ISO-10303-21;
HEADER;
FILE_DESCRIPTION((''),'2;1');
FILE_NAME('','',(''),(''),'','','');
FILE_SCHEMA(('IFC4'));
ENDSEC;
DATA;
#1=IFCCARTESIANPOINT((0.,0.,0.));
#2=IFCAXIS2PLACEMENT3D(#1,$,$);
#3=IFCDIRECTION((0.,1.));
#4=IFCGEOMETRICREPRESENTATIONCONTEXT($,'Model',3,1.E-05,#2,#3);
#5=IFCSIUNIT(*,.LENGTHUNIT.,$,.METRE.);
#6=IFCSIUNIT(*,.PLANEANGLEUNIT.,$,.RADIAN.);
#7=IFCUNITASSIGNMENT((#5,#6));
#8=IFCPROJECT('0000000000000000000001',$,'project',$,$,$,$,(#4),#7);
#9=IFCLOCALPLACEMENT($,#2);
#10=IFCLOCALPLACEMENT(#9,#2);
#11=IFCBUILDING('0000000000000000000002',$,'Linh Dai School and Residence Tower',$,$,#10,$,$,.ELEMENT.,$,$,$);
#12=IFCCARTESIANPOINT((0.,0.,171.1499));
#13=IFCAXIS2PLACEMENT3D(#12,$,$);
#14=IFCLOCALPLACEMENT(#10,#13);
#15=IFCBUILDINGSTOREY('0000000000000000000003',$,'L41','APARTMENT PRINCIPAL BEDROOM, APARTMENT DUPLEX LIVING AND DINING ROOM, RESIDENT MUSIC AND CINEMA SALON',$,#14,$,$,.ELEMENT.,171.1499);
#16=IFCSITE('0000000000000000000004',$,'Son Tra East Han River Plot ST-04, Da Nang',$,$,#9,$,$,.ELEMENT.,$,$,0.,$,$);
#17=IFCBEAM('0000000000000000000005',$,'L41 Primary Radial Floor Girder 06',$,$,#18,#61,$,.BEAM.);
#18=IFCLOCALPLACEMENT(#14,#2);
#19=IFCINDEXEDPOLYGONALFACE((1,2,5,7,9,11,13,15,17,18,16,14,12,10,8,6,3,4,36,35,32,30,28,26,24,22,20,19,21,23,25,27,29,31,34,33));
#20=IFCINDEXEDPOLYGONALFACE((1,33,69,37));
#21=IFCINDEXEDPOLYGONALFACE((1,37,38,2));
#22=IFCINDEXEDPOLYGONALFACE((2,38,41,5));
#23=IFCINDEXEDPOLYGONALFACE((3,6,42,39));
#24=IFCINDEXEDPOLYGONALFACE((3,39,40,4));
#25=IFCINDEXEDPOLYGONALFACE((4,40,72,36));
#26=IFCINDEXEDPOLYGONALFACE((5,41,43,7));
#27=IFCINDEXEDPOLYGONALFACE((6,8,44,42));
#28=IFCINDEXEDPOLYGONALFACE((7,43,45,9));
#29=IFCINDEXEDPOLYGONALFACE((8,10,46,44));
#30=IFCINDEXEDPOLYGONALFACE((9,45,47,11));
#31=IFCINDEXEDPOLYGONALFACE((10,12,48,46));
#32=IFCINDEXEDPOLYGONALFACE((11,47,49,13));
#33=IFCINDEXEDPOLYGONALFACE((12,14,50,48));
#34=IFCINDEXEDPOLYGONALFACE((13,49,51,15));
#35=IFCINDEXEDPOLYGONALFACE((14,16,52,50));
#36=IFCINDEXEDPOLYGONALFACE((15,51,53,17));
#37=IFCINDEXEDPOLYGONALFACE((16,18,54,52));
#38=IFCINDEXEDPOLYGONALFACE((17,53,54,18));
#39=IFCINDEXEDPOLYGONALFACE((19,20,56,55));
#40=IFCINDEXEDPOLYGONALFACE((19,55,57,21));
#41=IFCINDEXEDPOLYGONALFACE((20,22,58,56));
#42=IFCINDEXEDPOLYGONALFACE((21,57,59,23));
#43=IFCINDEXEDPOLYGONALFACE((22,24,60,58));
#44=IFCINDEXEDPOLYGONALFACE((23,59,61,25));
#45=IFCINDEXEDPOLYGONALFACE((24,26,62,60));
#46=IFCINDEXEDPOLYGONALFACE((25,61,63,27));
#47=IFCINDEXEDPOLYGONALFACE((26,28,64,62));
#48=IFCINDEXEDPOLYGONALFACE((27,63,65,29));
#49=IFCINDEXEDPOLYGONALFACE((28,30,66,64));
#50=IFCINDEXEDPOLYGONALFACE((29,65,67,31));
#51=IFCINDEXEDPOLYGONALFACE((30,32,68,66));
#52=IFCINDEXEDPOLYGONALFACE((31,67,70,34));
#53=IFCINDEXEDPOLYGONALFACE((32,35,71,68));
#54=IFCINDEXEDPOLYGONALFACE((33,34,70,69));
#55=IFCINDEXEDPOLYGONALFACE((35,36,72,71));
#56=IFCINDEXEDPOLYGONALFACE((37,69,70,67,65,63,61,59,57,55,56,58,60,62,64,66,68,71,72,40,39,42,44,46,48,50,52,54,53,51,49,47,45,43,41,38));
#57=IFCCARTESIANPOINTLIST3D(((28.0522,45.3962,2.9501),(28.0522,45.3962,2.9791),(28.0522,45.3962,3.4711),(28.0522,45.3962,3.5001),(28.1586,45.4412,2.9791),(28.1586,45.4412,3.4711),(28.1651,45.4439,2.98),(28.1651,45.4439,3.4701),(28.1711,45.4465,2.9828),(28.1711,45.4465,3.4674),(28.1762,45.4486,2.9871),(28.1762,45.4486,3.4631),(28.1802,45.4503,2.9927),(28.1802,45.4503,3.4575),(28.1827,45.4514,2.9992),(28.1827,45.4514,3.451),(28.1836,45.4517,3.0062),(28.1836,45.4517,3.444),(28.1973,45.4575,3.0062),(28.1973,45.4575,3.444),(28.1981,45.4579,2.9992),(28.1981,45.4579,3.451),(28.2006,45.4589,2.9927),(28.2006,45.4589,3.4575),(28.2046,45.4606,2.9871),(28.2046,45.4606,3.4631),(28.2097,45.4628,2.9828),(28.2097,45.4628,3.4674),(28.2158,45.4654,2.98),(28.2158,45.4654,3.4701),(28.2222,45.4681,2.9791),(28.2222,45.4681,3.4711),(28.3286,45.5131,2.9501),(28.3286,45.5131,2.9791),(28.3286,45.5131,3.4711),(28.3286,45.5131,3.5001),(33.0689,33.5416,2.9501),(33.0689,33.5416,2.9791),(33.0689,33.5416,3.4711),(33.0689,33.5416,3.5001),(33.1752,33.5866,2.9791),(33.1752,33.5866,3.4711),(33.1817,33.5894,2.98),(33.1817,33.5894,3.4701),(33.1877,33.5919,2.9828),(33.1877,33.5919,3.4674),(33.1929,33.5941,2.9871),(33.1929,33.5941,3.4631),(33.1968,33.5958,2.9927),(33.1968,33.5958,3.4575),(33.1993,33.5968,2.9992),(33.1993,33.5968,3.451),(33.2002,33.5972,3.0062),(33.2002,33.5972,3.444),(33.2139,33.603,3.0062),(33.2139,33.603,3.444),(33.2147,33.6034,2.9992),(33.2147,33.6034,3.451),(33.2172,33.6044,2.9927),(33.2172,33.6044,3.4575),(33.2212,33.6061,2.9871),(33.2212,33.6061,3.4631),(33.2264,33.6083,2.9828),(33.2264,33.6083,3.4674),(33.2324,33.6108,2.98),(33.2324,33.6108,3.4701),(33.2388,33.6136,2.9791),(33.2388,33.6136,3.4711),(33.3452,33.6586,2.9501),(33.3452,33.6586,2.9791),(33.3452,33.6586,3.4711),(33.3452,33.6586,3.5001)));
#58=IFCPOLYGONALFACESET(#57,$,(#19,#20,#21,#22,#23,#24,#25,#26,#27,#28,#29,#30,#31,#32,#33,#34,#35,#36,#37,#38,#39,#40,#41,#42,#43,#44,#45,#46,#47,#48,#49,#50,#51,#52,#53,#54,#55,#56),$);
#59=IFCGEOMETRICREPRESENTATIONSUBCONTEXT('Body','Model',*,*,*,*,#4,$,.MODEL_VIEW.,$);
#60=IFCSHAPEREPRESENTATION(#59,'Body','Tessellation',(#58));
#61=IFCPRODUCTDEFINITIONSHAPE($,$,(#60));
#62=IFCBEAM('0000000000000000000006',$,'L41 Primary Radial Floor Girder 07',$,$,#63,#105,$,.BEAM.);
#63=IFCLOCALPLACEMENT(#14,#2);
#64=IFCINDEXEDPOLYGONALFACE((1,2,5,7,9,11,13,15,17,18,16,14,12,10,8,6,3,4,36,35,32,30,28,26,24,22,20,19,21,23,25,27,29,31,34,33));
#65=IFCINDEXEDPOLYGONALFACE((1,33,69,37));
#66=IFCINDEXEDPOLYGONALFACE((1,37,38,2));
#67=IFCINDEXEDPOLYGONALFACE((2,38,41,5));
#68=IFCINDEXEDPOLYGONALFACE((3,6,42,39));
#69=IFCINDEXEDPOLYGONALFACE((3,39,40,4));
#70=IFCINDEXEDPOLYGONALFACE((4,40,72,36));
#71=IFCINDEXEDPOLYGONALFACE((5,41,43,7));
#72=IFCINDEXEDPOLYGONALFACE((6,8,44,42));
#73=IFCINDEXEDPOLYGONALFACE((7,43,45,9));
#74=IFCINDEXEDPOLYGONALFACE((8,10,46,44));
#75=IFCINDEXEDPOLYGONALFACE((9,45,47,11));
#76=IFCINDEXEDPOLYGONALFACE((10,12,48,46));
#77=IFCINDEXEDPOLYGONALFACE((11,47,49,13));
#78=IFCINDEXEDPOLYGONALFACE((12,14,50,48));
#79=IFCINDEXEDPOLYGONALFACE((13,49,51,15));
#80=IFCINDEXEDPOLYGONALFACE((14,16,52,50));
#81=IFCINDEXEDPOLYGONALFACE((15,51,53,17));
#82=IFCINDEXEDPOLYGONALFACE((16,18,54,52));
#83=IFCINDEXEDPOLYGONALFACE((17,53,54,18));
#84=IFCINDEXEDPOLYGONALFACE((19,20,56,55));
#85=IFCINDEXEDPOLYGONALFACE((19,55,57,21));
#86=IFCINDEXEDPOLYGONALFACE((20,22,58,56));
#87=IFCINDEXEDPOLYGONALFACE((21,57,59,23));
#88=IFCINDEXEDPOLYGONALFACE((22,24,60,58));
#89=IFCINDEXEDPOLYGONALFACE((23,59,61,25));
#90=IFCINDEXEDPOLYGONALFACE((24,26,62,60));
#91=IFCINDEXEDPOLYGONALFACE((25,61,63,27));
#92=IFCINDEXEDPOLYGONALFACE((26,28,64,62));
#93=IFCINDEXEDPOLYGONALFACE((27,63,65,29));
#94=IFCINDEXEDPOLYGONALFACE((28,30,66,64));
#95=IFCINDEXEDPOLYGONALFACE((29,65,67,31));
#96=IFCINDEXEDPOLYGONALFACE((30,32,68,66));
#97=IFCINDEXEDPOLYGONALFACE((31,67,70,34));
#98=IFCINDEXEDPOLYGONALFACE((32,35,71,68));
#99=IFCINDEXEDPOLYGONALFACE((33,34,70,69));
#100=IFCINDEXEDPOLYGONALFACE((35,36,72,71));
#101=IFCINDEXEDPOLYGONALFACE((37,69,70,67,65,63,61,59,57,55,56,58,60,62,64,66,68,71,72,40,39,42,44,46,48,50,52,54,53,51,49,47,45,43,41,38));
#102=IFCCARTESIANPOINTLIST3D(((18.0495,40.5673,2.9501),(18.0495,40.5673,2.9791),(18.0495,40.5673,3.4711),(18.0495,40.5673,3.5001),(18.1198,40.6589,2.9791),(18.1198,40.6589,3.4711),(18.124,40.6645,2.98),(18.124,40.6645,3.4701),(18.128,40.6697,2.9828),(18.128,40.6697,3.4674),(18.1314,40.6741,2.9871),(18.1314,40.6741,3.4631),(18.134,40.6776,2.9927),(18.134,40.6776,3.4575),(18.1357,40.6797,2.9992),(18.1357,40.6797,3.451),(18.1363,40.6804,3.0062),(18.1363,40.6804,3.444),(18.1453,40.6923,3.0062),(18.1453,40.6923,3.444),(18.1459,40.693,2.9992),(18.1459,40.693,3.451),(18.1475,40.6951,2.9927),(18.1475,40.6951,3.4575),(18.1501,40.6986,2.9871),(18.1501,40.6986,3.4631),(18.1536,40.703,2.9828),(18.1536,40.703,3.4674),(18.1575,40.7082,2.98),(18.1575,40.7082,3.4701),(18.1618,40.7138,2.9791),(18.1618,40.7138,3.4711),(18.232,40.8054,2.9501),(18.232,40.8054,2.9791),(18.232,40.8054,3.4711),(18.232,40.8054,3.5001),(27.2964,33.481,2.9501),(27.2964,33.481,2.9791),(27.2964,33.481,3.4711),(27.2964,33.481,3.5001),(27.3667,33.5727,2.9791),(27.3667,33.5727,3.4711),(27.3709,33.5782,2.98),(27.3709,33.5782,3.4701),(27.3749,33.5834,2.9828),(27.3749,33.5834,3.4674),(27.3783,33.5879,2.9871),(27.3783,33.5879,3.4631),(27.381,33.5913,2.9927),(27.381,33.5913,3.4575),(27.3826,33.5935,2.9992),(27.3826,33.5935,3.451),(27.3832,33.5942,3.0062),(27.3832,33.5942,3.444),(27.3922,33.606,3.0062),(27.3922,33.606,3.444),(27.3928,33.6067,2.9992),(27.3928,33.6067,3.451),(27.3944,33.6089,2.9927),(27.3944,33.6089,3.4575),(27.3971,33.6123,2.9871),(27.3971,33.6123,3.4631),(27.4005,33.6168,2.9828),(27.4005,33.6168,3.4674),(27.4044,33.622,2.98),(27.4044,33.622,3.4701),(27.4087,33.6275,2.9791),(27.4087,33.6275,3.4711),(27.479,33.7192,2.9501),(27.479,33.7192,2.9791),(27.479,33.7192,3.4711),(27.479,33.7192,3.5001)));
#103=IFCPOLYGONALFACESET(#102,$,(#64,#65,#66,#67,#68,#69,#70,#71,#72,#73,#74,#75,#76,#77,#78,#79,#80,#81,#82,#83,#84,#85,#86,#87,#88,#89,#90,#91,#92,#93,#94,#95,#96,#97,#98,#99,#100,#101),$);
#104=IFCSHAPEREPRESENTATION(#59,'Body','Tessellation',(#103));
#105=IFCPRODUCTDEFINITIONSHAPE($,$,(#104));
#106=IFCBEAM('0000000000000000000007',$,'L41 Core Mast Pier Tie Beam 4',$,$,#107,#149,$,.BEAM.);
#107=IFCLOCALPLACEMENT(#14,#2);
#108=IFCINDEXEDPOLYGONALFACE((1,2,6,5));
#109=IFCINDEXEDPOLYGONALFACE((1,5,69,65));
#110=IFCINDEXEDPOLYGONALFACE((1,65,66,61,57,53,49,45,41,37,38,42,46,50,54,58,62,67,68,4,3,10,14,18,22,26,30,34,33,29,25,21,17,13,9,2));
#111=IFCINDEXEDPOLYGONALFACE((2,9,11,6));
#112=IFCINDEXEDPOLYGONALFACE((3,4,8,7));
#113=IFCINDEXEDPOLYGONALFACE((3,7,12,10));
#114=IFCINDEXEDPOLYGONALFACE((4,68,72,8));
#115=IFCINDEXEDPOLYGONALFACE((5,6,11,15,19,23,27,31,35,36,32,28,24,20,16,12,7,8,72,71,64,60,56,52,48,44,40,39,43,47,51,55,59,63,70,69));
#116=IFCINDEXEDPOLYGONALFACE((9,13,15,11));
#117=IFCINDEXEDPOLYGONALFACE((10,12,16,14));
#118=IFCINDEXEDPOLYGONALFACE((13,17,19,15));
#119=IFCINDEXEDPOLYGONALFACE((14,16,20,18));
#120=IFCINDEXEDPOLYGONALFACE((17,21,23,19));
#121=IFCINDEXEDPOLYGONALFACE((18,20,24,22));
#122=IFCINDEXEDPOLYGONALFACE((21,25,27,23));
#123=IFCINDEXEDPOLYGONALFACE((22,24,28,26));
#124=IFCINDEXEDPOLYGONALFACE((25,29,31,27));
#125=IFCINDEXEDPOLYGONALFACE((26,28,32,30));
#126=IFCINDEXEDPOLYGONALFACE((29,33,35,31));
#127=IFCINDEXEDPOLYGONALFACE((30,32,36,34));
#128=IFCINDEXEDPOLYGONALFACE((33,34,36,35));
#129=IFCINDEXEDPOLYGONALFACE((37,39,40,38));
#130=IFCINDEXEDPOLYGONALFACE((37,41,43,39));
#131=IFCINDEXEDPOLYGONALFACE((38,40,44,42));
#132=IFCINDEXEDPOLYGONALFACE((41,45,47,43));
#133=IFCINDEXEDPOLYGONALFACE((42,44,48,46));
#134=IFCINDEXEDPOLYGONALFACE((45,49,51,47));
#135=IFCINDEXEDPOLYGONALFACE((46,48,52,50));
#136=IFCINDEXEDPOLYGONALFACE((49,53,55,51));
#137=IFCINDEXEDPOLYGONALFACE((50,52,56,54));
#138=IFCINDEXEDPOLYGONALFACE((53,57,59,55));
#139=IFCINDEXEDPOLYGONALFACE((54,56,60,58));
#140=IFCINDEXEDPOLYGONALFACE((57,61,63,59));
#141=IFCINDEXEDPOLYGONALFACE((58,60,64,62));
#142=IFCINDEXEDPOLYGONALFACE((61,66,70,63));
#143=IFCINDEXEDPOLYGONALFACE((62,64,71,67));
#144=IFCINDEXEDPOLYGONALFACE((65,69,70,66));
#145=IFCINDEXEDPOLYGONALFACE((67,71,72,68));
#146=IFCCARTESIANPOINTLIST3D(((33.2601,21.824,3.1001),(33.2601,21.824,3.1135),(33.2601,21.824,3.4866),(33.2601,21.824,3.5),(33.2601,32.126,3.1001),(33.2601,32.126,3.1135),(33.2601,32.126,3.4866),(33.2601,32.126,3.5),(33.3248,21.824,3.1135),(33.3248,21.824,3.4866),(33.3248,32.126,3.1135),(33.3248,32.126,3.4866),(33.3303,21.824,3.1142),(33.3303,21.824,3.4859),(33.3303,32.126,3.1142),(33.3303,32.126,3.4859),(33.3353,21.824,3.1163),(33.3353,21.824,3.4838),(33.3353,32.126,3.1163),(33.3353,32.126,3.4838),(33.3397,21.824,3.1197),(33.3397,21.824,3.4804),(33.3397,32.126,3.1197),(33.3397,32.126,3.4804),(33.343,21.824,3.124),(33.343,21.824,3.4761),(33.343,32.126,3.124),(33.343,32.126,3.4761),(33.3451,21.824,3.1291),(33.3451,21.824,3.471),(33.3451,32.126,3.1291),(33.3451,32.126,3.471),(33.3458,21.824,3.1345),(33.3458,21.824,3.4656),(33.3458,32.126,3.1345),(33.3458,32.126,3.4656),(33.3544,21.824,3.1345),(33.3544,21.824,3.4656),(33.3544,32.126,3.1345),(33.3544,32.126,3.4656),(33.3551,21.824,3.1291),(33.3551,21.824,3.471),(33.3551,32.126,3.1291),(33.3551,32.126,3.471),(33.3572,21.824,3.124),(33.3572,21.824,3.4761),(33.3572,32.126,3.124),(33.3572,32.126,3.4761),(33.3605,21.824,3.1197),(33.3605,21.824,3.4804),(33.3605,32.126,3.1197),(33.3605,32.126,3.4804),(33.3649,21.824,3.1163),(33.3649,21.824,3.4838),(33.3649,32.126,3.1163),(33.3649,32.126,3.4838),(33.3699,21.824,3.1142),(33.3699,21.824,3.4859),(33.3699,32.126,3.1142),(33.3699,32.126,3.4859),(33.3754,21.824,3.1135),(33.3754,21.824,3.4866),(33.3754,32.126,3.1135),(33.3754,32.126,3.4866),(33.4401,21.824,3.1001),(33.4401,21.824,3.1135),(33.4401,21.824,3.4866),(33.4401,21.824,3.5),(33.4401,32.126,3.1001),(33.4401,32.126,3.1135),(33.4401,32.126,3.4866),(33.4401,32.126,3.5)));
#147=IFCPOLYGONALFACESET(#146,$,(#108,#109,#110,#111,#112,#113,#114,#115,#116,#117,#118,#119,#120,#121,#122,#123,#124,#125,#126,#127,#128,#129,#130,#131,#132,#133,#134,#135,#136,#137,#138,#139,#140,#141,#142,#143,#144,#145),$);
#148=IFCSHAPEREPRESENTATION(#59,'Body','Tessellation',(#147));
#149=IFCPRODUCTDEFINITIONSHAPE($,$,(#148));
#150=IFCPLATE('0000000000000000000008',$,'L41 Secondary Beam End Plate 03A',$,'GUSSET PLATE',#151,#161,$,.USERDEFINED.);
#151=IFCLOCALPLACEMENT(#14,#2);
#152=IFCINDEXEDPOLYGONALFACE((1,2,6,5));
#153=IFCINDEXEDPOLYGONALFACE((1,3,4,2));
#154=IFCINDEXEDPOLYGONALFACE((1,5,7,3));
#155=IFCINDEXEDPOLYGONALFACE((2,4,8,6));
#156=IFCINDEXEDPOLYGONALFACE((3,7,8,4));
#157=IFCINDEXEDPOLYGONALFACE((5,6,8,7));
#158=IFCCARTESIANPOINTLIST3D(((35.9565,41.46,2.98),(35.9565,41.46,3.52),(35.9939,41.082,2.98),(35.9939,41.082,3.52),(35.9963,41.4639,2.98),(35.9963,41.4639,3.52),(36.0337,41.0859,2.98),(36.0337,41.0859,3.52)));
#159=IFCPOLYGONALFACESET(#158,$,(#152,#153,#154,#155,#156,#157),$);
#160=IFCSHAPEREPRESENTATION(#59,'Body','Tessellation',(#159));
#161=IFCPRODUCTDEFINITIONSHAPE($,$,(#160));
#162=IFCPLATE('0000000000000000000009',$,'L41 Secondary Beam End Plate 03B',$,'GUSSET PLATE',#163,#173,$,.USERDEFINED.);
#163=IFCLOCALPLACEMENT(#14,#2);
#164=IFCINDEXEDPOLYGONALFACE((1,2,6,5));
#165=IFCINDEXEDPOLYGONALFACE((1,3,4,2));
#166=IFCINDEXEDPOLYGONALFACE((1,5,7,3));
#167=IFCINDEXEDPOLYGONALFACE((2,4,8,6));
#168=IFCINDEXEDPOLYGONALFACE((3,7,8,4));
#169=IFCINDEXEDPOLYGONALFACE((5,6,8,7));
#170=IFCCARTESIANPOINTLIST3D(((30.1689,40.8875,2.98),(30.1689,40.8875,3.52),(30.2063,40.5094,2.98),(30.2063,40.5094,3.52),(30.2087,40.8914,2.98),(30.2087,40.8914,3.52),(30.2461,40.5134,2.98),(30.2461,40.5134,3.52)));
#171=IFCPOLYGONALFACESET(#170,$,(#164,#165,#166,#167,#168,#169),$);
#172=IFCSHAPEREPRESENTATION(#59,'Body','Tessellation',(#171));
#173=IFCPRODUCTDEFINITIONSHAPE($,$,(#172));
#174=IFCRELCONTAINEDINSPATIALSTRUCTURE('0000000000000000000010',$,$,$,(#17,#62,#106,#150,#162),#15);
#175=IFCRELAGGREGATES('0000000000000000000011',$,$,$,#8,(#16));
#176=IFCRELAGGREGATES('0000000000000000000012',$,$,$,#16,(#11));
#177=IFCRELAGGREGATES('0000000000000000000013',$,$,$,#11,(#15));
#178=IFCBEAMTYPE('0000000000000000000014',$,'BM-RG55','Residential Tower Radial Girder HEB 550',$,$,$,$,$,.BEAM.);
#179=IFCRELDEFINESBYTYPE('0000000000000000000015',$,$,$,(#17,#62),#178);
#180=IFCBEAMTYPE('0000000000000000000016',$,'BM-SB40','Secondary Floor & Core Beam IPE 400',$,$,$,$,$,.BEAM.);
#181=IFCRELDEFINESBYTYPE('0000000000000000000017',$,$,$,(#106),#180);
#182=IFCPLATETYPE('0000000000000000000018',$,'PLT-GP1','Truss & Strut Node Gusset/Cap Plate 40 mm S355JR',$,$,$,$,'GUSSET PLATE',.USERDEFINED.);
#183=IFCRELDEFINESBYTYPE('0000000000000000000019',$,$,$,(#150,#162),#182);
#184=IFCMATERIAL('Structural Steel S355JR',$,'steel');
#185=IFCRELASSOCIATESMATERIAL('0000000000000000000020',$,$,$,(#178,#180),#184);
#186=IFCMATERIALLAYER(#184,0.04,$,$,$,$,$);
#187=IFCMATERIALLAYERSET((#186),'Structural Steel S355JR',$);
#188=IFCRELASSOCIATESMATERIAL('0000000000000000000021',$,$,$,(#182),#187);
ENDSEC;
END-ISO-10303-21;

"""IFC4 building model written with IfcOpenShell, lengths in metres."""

from ifc_helpers import new_model, si_unit, direction, frame, origin, origin_2d, place, context, subcontext, project, spatial, rectangle, i_section, extrude, source, transform, mapped, material, layer, layer_set, material_profile, profile_set, type_object, element, save


model = new_model("IFC4")

# Units and contexts
model_context = context("Model", 3, precision=1e-05, world=origin(), true_north=direction((0.0, 1.0)))
body_context = subcontext(model_context, "Body", "Model", "MODEL_VIEW")
ifc_project = project(units=[si_unit("LENGTHUNIT", "METRE"), si_unit("PLANEANGLEUNIT", "RADIAN")], contexts=[model_context])

# Site, building, storey
site_placement = place(None, origin())
site = spatial("IfcSite", under=ifc_project, at=site_placement, Name="Son Tra East Han River Plot ST-04, Da Nang", CompositionType="ELEMENT", RefElevation=0.0)
building_placement = place(site_placement, origin())
building = spatial("IfcBuilding", under=site, at=building_placement, Name="Linh Dai School and Residence Tower", CompositionType="ELEMENT")
storey_placement = place(building_placement, frame((0.0, 0.0, 171.1499)))
storey = spatial("IfcBuildingStorey", under=building, at=storey_placement, Name="L41", Description="APARTMENT PRINCIPAL BEDROOM, APARTMENT DUPLEX LIVING AND DINING ROOM, RESIDENT MUSIC AND CINEMA SALON", CompositionType="ELEMENT", Elevation=171.1499)

# Shared definitions
ifc_material_1 = material(Name="Structural Steel S355JR", Category="steel")

# Beams
ifc_material_profile_1 = material_profile(ifc_material_1, i_section(OverallWidth=0.3, OverallDepth=0.55, WebThickness=0.0149, FlangeThickness=0.0291, FilletRadius=0.0271, at=origin_2d()), Name="HEB 550")
ifc_profile_set_1 = profile_set([ifc_material_profile_1], Name="Structural Steel S355JR")
beam_type_1 = type_object("IfcBeamType", Name="BM-RG55", Description="Residential Tower Radial Girder HEB 550", PredefinedType="BEAM", material=ifc_profile_set_1)
beam_1_placement = place(storey_placement, frame((33.207, 33.6001, 3.2251), z_axis=(-0.389722, 0.920933, 0.0), x_axis=(-0.920933, -0.389722, 0.0)))
element("IfcBeam", 1, at=beam_1_placement, inside=storey, type_object=beam_type_1, Name="L41 Primary Radial Floor Girder 06", PredefinedType="BEAM", context=body_context, shape_type="SweptSolid", body=[
    extrude(i_section(OverallWidth=0.3, OverallDepth=0.55, WebThickness=0.0149, FlangeThickness=0.0291, FilletRadius=0.0271, at=origin_2d()), origin(), (0.0, 0.0, 1.0), 12.8723),
])
beam_2_placement = place(storey_placement, frame((27.3877, 33.6001, 3.2251), z_axis=(-0.793733, 0.608267, 0.0), x_axis=(-0.608267, -0.793733, 0.0)))
element("IfcBeam", 2, at=beam_2_placement, inside=storey, type_object=beam_type_1, Name="L41 Primary Radial Floor Girder 07", PredefinedType="BEAM", context=body_context, shape_type="SweptSolid", body=[
    extrude(i_section(OverallWidth=0.3, OverallDepth=0.55, WebThickness=0.0149, FlangeThickness=0.0291, FilletRadius=0.0271, at=origin_2d()), origin(), (0.0, 0.0, 1.0), 11.6499),
])
ifc_material_profile_2 = material_profile(ifc_material_1, i_section(OverallWidth=0.1799, OverallDepth=0.3999, WebThickness=0.0085, FlangeThickness=0.0134, FilletRadius=0.021, at=origin_2d()), Name="IPE 400")
ifc_profile_set_2 = profile_set([ifc_material_profile_2], Name="Structural Steel S355JR")
beam_type_2 = type_object("IfcBeamType", Name="BM-SB40", Description="Secondary Floor & Core Beam IPE 400", PredefinedType="BEAM", material=ifc_profile_set_2)
beam_3_placement = place(storey_placement, frame((33.3501, 32.126, 3.3), z_axis=(0.0, -1.0, 0.0), x_axis=(1.0, 0.0, 0.0)))
element("IfcBeam", 3, at=beam_3_placement, inside=storey, type_object=beam_type_2, Name="L41 Core Mast Pier Tie Beam 4", PredefinedType="BEAM", context=body_context, shape_type="SweptSolid", body=[
    extrude(i_section(OverallWidth=0.1799, OverallDepth=0.3999, WebThickness=0.0085, FlangeThickness=0.0134, FilletRadius=0.021, at=origin_2d()), origin(), (0.0, 0.0, 1.0), 10.302),
])

# Plates
ifc_layer_1 = layer(ifc_material_1, 0.04)
ifc_layer_set_1 = layer_set([ifc_layer_1], Name="Structural Steel S355JR")
plate_type = type_object("IfcPlateType", Name="PLT-GP1", Description="Truss & Strut Node Gusset/Cap Plate 40 mm S355JR", ElementType="GUSSET PLATE", PredefinedType="USERDEFINED", material=ifc_layer_set_1)
shared_shape_1 = source(origin(), body_context, "Body", "SweptSolid", [
    extrude(rectangle(XDim=0.04, YDim=0.3799, at=origin_2d()), origin(), (0.0, 0.0, 1.0), 0.54),
])
for number, where, z_axis, x_axis, name in (
    (4, (35.9951, 41.2729, 2.98), (0.0, 0.0, 1.0), (-0.995145, -0.098423, 0.0), "L41 Secondary Beam End Plate 03A"),
    (5, (30.2075, 40.7004, 2.98), (0.0, 0.0, 1.0), (-0.995145, -0.098423, 0.0), "L41 Secondary Beam End Plate 03B"),
):
    element("IfcPlate", number, at=place(storey_placement, frame(where, z_axis=z_axis, x_axis=x_axis)), inside=storey, type_object=plate_type, Name=name, ObjectType="GUSSET PLATE", PredefinedType="USERDEFINED", context=body_context, shape_type="MappedRepresentation", body=[
        mapped(shared_shape_1, transform((0.0, 0.0, 0.0), x_axis=(1.0, 0.0, 0.0), y_axis=(0.0, 1.0, 0.0), z_axis=(0.0, 0.0, 1.0), scale=1.0)),
    ])

save(model, "model.ifc")
